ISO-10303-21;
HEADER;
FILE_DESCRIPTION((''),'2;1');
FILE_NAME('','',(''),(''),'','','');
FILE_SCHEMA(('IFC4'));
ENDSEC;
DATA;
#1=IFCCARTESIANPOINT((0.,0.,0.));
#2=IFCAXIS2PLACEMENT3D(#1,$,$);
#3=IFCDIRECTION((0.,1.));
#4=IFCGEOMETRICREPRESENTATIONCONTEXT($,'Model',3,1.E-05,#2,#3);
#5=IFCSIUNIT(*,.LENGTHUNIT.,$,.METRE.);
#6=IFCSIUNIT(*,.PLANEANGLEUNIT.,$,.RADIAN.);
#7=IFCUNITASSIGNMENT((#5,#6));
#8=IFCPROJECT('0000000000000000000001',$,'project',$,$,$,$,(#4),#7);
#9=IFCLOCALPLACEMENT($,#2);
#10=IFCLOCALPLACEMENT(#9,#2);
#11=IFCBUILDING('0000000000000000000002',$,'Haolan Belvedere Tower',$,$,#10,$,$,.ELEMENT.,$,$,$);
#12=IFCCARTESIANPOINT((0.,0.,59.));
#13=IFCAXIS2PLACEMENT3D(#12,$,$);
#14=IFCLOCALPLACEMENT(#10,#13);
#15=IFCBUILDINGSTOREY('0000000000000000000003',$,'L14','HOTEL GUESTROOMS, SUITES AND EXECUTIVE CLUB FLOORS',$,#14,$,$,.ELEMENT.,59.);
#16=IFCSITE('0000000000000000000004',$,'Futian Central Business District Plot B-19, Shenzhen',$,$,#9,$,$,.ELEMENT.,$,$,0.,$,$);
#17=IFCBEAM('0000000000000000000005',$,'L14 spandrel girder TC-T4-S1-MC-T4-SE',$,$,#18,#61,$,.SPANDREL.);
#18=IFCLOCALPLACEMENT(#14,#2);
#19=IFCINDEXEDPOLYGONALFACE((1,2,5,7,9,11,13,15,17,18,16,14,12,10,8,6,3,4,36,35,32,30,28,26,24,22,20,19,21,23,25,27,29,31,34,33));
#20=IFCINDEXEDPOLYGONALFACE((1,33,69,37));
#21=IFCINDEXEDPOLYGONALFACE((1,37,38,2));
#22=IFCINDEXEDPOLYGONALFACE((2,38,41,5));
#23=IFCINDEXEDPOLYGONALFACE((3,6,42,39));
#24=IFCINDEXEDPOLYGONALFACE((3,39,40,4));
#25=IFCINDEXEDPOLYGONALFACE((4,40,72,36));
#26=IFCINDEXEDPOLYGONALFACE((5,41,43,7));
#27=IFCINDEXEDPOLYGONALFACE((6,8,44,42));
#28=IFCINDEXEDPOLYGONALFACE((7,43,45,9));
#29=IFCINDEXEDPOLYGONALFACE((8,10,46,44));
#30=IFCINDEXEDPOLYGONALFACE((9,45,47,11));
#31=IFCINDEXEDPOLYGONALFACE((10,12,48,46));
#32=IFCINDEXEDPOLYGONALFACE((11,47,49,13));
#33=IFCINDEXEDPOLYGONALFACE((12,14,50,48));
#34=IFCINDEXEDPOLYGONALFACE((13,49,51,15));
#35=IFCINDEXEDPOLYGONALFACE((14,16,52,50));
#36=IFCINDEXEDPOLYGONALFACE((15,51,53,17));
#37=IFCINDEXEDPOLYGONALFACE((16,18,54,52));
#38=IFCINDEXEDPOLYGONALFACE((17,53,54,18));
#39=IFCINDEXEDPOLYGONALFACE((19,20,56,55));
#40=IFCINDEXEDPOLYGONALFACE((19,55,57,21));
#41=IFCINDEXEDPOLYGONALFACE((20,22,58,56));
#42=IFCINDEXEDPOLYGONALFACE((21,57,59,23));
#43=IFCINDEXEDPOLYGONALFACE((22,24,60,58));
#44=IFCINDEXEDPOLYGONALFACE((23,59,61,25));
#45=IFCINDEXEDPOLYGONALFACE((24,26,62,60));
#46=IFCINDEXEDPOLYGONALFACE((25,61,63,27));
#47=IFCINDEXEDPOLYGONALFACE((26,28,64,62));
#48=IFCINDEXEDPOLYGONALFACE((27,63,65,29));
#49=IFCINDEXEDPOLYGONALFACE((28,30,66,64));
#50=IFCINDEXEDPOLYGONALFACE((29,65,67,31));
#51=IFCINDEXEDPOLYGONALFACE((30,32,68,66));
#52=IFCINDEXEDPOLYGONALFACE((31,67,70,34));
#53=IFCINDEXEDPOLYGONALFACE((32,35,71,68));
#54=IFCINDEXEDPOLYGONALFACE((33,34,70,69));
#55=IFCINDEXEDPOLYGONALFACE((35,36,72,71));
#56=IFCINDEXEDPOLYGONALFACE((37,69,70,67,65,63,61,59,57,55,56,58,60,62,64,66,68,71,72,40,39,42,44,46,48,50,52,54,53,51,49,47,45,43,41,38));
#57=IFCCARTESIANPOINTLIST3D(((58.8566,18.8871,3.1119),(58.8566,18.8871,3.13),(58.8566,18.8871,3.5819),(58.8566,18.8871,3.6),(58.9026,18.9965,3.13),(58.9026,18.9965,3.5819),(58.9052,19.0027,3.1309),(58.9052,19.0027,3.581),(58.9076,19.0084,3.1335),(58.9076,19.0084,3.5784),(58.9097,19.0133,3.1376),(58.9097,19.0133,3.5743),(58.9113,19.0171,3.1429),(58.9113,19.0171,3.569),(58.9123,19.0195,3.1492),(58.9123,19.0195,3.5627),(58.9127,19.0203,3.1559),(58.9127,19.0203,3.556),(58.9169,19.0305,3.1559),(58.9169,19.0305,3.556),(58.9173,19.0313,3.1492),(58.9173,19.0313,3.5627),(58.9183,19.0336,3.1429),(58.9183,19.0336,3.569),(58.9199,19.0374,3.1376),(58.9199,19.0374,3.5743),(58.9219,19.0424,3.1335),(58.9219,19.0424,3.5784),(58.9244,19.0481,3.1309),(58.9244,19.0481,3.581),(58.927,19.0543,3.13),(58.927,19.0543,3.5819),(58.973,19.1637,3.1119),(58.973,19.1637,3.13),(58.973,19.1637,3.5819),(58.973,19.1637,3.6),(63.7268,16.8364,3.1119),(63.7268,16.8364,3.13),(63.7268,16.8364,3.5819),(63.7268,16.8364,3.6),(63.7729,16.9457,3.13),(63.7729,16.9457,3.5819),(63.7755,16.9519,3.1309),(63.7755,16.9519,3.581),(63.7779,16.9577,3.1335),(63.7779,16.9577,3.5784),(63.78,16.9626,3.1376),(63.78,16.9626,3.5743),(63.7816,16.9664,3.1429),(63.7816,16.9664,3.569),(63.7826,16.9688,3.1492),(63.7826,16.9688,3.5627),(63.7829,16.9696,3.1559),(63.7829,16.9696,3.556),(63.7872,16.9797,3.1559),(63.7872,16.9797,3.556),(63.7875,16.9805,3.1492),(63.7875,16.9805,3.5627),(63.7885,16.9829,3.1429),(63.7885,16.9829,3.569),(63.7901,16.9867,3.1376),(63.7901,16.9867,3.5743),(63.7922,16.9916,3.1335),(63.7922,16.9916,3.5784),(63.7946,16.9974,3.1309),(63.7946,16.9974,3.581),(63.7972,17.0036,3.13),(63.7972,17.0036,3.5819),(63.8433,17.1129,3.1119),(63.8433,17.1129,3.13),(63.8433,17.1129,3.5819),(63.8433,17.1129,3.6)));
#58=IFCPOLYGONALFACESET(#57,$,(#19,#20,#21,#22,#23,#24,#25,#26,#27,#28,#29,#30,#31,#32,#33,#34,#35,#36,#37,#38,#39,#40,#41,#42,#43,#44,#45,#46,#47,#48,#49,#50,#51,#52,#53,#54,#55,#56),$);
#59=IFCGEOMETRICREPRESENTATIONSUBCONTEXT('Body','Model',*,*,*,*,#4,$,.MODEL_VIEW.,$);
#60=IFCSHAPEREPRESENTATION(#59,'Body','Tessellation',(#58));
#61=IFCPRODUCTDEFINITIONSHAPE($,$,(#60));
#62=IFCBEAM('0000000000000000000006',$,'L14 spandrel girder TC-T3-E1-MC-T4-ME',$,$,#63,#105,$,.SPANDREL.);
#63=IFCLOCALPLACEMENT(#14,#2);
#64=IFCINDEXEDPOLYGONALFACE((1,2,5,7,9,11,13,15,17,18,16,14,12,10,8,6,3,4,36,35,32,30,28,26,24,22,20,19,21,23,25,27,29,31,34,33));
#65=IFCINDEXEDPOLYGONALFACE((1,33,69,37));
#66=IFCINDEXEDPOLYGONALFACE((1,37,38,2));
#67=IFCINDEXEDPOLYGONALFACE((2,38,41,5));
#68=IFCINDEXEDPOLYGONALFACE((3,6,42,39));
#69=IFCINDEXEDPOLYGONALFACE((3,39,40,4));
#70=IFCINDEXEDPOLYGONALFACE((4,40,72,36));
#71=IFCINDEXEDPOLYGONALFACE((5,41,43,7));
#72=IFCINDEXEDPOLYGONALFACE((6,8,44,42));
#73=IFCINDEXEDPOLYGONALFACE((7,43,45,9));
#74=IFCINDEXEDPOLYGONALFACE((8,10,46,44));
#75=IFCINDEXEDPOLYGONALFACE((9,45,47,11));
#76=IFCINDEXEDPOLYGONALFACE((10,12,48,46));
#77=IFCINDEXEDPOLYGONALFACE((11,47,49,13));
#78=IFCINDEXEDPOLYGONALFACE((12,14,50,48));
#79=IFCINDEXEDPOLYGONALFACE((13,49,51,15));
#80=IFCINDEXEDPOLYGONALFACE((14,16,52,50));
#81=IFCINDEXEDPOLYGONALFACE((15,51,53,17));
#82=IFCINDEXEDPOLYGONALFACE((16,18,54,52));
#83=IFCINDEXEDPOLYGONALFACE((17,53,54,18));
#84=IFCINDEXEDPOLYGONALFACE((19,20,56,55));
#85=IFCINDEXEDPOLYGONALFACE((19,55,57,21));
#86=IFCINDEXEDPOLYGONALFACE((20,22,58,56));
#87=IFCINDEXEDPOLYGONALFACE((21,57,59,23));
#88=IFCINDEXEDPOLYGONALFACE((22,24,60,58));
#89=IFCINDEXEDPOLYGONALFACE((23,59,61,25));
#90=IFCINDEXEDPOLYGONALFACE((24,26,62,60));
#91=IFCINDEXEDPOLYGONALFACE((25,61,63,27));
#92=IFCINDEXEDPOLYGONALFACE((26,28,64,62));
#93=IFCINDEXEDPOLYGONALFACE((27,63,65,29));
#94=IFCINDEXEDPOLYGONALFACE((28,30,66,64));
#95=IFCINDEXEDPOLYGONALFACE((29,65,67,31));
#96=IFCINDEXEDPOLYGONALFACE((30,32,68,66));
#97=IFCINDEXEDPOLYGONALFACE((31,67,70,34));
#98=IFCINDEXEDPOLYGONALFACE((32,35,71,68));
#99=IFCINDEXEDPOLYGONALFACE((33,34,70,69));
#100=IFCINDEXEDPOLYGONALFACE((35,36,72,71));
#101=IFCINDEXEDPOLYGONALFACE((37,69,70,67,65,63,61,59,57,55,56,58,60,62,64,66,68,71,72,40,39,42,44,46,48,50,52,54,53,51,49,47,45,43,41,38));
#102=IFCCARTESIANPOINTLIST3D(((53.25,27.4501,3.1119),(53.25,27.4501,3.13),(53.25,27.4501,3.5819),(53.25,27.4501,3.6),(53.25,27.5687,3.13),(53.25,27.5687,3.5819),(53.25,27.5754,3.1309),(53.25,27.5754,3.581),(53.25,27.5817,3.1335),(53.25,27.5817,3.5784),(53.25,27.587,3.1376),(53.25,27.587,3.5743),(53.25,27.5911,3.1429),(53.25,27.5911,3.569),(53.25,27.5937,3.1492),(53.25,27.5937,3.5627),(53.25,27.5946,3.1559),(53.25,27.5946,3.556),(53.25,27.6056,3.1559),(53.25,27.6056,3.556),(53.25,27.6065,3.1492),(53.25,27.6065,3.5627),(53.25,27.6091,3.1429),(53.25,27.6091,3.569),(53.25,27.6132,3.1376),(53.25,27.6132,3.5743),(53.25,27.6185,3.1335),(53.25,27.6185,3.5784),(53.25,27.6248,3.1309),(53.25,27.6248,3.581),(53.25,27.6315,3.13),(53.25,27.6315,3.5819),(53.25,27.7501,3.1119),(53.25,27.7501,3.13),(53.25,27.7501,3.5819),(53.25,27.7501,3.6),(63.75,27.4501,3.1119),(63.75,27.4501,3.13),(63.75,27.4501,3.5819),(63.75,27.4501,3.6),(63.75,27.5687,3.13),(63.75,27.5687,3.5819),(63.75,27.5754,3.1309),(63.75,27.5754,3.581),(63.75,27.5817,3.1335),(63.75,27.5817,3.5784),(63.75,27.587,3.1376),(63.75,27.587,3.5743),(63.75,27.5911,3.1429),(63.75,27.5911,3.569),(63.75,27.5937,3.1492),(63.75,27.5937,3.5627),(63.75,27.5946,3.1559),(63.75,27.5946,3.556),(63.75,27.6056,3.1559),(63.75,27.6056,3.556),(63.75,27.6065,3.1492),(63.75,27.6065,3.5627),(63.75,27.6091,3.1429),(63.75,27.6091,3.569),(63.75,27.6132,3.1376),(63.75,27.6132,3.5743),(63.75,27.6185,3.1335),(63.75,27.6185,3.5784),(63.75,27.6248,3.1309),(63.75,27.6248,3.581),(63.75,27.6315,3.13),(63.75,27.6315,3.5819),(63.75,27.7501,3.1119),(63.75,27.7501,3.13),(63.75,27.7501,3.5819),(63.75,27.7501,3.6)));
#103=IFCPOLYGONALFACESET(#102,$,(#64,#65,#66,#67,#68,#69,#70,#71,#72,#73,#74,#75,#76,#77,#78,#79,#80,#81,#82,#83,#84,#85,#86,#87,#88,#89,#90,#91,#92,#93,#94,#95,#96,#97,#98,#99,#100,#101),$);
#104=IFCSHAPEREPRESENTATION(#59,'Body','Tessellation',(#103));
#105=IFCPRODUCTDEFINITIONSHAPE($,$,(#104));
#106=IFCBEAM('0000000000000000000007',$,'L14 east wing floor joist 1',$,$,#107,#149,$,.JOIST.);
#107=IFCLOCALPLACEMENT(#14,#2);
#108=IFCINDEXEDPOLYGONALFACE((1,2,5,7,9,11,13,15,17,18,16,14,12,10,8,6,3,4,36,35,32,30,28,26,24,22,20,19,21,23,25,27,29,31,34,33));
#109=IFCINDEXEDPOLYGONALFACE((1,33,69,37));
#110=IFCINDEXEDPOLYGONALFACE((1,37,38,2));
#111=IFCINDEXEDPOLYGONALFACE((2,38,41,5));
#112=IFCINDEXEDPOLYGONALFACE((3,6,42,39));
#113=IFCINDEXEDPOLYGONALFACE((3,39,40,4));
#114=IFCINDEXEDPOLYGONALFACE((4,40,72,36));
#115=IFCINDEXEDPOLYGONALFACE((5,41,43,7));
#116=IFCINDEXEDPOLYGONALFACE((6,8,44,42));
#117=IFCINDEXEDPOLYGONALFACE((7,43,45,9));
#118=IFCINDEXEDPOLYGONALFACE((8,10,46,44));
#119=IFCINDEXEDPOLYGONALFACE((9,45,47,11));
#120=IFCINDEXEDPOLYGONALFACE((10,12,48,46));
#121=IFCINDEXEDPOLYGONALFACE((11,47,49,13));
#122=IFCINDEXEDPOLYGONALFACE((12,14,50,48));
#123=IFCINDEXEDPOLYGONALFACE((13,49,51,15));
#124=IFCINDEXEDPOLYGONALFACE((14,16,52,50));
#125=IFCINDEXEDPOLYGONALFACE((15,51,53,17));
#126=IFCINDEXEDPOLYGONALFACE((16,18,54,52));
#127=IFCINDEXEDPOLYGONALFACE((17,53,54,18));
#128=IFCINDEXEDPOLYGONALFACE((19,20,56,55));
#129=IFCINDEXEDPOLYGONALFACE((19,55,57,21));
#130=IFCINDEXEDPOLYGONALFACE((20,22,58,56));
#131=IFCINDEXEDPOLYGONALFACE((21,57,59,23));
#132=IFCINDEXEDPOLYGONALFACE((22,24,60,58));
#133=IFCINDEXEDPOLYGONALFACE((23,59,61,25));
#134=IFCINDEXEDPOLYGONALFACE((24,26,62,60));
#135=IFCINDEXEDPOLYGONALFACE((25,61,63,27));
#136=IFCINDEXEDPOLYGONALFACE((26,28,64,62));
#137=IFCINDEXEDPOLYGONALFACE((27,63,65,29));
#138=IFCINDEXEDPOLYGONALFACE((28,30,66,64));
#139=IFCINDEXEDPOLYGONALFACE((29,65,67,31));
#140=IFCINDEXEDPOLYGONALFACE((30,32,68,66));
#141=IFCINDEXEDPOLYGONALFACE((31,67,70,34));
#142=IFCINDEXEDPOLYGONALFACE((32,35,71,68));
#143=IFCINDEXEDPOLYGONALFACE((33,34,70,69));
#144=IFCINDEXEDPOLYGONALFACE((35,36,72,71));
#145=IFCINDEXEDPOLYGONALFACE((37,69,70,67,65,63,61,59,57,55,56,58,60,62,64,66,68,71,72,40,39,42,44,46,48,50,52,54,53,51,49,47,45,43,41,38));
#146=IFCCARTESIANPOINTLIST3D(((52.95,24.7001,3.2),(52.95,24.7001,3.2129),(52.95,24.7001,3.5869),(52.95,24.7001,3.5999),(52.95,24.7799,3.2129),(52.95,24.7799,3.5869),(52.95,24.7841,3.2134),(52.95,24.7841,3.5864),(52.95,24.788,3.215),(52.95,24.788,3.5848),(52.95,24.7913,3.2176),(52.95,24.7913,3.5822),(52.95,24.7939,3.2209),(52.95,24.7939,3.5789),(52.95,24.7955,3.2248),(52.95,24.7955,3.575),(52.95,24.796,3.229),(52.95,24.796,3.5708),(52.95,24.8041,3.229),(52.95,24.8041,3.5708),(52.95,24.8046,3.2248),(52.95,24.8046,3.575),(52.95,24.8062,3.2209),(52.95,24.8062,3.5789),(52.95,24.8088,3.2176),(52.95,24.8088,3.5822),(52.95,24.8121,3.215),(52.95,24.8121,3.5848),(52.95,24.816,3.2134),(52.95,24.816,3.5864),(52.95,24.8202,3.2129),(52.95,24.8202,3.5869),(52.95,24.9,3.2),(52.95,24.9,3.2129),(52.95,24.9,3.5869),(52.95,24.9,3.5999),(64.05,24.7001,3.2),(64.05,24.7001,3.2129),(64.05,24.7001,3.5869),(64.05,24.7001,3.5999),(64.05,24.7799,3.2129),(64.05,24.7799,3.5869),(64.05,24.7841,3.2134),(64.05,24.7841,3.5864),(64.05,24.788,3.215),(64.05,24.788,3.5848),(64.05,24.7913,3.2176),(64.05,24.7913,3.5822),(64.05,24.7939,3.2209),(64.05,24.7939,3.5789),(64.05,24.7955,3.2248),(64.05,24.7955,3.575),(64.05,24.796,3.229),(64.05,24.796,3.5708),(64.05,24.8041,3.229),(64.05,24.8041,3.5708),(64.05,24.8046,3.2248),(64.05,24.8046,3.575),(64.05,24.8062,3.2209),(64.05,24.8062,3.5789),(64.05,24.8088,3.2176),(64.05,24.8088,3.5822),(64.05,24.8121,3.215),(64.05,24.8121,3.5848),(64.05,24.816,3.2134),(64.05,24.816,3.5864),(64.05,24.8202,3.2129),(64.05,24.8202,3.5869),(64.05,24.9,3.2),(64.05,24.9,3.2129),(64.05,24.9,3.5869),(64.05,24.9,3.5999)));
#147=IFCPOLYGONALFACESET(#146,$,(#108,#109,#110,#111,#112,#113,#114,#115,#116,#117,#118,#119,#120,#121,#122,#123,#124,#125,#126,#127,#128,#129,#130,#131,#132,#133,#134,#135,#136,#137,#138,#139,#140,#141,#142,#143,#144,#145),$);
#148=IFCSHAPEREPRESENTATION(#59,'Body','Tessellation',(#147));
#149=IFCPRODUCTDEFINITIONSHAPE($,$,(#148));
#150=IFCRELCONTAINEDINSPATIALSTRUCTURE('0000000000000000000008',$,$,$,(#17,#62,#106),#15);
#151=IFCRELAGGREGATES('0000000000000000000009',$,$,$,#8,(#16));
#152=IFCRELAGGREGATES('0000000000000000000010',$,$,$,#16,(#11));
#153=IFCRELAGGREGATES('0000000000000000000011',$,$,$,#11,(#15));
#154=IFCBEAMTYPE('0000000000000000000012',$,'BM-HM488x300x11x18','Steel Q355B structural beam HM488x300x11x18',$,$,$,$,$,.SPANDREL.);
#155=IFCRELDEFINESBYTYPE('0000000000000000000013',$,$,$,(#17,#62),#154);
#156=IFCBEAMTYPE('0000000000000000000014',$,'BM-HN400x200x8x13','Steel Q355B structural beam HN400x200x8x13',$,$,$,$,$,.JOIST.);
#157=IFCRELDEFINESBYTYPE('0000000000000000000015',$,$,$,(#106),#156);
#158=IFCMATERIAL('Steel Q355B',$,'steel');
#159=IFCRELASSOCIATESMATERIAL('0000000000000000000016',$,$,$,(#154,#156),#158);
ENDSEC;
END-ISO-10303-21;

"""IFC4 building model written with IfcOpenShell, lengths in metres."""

from ifc_helpers import new_model, si_unit, direction, frame, origin, origin_2d, place, context, subcontext, project, spatial, i_section, extrude, material, material_profile, profile_set, type_object, element, save


model = new_model("IFC4")

# Units and contexts
model_context = context("Model", 3, precision=1e-05, world=origin(), true_north=direction((0.0, 1.0)))
body_context = subcontext(model_context, "Body", "Model", "MODEL_VIEW")
ifc_project = project(units=[si_unit("LENGTHUNIT", "METRE"), si_unit("PLANEANGLEUNIT", "RADIAN")], contexts=[model_context])

# Site, building, storey
site_placement = place(None, origin())
site = spatial("IfcSite", under=ifc_project, at=site_placement, Name="Futian Central Business District Plot B-19, Shenzhen", CompositionType="ELEMENT", RefElevation=0.0)
building_placement = place(site_placement, origin())
building = spatial("IfcBuilding", under=site, at=building_placement, Name="Haolan Belvedere Tower", CompositionType="ELEMENT")
storey_placement = place(building_placement, frame((0.0, 0.0, 59.0)))
storey = spatial("IfcBuildingStorey", under=building, at=storey_placement, Name="L14", Description="HOTEL GUESTROOMS, SUITES AND EXECUTIVE CLUB FLOORS", CompositionType="ELEMENT", Elevation=59.0)

# Shared definitions
ifc_material_1 = material(Name="Steel Q355B", Category="steel")

# Beams
ifc_material_profile_1 = material_profile(ifc_material_1, i_section(OverallWidth=0.3, OverallDepth=0.488, WebThickness=0.011, FlangeThickness=0.0181, FilletRadius=0.0259, at=origin_2d()), Name="Steel Q355B")
ifc_profile_set_1 = profile_set([ifc_material_profile_1], Name="Steel Q355B")
beam_type_1 = type_object("IfcBeamType", Name="BM-HM488x300x11x18", Description="Steel Q355B structural beam HM488x300x11x18", PredefinedType="SPANDREL", material=ifc_profile_set_1)
for number, where, z_axis, x_axis, name in (
    (1, (58.9148, 19.0254, 3.356), (0.921628, -0.388074, 0.0), (0.388074, 0.921628, 0.0), "L14 spandrel girder TC-T4-S1-MC-T4-SE"),
):
    element("IfcBeam", number, at=place(storey_placement, frame(where, z_axis=z_axis, x_axis=x_axis)), inside=storey, type_object=beam_type_1, Name=name, PredefinedType="SPANDREL", context=body_context, shape_type="SweptSolid", body=[
        extrude(i_section(OverallWidth=0.3, OverallDepth=0.488, WebThickness=0.011, FlangeThickness=0.0181, FilletRadius=0.0259, at=origin_2d()), origin(), (0.0, 0.0, 1.0), 5.2844),
    ])
beam_1_placement = place(storey_placement, frame((53.25, 27.6001, 3.356), z_axis=(1.0, 0.0, 0.0), x_axis=(0.0, 1.0, 0.0)))
element("IfcBeam", 2, at=beam_1_placement, inside=storey, type_object=beam_type_1, Name="L14 spandrel girder TC-T3-E1-MC-T4-ME", PredefinedType="SPANDREL", context=body_context, shape_type="SweptSolid", body=[
    extrude(i_section(OverallWidth=0.3, OverallDepth=0.488, WebThickness=0.011, FlangeThickness=0.0181, FilletRadius=0.0259, at=origin_2d()), origin(), (0.0, 0.0, 1.0), 10.5),
])
ifc_material_profile_2 = material_profile(ifc_material_1, i_section(OverallWidth=0.2, OverallDepth=0.3999, WebThickness=0.0081, FlangeThickness=0.0129, FilletRadius=0.0161, at=origin_2d()), Name="Steel Q355B")
ifc_profile_set_2 = profile_set([ifc_material_profile_2], Name="Steel Q355B")
beam_type_2 = type_object("IfcBeamType", Name="BM-HN400x200x8x13", Description="Steel Q355B structural beam HN400x200x8x13", PredefinedType="JOIST", material=ifc_profile_set_2)
beam_2_placement = place(storey_placement, frame((52.95, 24.8, 3.3999), z_axis=(1.0, 0.0, 0.0), x_axis=(0.0, 1.0, 0.0)))
element("IfcBeam", 3, at=beam_2_placement, inside=storey, type_object=beam_type_2, Name="L14 east wing floor joist 1", PredefinedType="JOIST", context=body_context, shape_type="SweptSolid", body=[
    extrude(i_section(OverallWidth=0.2, OverallDepth=0.3999, WebThickness=0.0081, FlangeThickness=0.0129, FilletRadius=0.0161, at=origin_2d()), origin(), (0.0, 0.0, 1.0), 11.1001),
])

save(model, "model.ifc")
